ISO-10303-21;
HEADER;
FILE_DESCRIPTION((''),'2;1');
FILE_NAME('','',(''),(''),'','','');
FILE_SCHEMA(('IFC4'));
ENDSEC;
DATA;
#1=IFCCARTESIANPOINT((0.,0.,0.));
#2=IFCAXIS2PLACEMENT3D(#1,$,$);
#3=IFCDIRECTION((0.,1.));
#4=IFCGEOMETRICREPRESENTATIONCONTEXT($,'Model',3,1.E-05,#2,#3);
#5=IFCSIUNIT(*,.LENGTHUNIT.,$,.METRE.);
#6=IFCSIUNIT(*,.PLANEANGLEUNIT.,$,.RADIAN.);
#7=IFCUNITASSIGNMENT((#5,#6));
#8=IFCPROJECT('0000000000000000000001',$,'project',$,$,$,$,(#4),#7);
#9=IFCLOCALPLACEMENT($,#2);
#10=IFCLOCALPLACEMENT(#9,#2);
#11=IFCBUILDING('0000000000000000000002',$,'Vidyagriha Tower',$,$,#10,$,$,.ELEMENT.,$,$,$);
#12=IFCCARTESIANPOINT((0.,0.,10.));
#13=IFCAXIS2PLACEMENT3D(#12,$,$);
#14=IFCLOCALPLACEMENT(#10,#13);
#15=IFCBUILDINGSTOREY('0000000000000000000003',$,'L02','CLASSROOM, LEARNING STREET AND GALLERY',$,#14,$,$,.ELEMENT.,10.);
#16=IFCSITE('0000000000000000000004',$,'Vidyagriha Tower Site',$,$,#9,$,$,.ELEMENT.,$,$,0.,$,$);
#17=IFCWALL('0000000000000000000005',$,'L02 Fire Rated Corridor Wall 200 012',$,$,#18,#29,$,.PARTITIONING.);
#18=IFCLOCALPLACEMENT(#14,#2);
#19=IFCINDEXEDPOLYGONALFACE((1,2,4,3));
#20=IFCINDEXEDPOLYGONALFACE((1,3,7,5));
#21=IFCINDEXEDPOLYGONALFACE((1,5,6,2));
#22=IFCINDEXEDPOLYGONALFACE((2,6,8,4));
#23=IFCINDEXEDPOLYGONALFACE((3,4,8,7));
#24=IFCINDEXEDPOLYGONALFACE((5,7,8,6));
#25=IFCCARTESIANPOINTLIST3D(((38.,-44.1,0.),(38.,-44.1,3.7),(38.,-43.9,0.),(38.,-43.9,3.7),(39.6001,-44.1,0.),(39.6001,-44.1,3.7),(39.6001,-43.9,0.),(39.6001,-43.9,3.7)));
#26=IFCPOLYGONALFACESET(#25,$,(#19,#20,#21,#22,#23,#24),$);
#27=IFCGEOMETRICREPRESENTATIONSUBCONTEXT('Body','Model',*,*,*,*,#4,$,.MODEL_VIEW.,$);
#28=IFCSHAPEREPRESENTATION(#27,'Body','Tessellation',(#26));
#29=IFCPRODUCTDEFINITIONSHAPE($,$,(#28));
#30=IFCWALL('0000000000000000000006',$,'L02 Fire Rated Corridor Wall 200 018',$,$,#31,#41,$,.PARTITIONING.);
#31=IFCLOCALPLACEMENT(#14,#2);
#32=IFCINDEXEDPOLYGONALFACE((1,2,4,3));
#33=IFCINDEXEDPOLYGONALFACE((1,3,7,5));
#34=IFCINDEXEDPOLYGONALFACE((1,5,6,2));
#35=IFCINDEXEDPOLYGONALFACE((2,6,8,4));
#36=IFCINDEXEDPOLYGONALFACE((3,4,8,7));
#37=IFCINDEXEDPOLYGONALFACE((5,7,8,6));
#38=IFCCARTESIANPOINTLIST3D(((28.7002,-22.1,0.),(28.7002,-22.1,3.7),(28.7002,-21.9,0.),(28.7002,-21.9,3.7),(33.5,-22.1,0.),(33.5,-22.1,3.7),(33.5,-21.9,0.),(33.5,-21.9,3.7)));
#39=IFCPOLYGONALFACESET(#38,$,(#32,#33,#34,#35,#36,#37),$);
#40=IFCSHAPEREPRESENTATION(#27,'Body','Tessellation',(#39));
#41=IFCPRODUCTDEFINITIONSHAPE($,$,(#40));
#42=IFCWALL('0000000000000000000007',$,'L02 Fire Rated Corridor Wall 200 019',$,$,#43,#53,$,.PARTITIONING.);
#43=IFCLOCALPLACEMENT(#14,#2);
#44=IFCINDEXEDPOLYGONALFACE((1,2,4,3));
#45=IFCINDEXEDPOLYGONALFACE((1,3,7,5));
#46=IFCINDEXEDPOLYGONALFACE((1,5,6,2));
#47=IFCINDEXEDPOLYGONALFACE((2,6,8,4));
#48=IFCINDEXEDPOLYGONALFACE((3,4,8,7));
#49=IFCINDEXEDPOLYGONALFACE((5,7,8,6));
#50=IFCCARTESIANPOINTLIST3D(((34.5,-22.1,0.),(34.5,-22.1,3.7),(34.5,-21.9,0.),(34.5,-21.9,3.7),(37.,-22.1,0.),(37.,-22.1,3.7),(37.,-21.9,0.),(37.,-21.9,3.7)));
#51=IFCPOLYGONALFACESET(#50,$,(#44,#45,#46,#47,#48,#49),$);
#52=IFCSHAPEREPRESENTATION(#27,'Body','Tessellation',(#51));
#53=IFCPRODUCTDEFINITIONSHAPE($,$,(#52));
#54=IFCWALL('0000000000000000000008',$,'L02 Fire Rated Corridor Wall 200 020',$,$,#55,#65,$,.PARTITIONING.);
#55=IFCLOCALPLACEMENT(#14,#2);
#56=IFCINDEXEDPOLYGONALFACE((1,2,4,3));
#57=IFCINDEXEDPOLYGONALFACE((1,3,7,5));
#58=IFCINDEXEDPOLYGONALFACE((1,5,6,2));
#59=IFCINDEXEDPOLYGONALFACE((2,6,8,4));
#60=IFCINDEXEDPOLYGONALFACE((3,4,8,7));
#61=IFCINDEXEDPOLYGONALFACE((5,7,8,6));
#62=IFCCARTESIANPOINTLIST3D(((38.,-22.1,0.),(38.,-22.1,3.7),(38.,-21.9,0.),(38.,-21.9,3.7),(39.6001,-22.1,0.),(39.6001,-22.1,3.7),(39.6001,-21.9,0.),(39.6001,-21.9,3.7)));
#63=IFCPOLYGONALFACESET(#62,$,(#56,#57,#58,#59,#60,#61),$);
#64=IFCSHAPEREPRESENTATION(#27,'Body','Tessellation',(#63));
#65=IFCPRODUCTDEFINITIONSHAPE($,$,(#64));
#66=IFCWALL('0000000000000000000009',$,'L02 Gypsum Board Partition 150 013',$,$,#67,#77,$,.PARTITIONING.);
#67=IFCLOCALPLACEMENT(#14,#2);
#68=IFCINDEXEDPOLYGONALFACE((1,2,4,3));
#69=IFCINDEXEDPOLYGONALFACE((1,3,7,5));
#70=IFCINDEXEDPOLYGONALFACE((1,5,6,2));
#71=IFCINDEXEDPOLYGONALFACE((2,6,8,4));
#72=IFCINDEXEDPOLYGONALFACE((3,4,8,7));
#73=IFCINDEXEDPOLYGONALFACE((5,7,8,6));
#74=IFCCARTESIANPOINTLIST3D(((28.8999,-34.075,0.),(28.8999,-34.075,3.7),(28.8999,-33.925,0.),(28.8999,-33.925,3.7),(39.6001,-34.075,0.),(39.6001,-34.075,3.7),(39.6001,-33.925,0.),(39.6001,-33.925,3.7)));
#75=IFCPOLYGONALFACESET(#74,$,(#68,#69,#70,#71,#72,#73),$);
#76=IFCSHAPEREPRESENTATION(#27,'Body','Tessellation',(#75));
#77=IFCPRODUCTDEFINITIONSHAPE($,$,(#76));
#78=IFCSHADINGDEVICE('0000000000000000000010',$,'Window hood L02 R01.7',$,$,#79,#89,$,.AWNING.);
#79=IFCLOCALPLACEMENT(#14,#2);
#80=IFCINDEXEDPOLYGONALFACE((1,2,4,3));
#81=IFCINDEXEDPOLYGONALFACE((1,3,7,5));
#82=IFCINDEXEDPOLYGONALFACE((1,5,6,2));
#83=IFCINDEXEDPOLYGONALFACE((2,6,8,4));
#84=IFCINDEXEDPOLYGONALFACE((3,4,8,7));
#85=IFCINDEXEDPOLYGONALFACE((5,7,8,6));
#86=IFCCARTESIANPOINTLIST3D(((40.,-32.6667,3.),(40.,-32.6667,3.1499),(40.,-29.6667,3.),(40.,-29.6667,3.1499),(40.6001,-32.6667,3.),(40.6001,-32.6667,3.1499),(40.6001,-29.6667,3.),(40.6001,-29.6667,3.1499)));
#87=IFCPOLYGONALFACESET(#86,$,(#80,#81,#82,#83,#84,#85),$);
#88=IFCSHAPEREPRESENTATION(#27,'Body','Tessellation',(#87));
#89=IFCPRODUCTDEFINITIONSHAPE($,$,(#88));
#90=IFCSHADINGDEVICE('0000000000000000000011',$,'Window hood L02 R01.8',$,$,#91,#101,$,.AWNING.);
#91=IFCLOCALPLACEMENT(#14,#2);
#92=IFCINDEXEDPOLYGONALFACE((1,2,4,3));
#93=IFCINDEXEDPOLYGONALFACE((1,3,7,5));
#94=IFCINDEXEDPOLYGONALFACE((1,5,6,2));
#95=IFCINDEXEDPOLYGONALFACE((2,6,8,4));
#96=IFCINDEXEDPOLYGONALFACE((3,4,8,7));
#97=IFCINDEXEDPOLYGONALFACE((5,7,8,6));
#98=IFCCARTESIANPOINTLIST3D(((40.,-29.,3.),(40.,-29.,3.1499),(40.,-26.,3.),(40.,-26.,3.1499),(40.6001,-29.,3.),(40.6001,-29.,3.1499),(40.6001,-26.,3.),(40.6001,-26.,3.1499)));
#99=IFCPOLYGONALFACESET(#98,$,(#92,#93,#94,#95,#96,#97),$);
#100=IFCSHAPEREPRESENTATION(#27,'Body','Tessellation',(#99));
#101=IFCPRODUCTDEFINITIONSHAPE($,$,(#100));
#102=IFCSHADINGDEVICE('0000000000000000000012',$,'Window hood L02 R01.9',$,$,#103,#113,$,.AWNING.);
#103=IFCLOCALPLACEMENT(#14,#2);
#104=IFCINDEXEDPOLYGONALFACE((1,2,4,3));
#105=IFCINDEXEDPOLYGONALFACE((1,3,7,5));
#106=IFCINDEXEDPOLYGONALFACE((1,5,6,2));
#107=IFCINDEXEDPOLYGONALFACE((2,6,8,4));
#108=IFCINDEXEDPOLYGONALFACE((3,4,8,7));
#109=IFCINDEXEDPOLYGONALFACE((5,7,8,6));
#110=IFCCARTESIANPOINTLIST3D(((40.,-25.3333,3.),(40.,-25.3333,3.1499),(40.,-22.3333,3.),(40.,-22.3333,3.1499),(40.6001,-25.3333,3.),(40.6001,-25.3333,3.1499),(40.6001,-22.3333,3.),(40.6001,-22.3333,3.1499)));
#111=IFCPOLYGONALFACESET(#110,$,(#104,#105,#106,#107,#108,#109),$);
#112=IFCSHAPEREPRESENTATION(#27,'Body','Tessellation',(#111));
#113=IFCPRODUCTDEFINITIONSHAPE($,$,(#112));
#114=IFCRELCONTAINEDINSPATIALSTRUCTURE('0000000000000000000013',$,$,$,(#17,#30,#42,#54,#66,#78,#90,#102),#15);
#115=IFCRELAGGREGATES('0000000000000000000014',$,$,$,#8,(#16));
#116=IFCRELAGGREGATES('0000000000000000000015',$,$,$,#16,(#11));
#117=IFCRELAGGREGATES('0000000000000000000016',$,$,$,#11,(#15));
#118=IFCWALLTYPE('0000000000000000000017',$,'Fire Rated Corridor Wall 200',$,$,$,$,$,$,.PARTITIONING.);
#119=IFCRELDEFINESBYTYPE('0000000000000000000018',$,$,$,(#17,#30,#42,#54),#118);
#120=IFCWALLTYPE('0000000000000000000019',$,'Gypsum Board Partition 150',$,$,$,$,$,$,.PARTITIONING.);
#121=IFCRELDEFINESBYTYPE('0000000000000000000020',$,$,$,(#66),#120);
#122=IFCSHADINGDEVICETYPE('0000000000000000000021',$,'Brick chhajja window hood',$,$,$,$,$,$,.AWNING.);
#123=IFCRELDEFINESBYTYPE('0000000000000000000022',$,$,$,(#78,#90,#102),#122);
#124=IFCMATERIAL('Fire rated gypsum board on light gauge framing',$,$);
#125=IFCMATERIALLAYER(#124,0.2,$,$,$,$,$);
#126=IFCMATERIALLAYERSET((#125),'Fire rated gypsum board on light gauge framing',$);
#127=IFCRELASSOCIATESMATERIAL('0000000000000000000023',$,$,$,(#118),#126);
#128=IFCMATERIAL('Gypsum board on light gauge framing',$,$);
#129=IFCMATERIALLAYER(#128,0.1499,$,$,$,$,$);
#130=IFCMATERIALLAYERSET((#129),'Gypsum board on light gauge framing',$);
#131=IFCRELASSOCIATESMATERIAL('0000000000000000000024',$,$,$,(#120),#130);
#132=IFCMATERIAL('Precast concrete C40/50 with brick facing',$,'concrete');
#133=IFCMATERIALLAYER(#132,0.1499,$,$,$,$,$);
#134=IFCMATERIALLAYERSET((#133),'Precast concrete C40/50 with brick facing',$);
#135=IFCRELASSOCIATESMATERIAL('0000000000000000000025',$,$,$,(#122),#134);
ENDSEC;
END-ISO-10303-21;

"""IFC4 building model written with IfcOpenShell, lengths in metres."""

from ifc_helpers import new_model, si_unit, direction, frame, frame_2d, origin, origin_2d, place, context, subcontext, project, spatial, rectangle, extrude, material, layer, layer_set, type_object, element, save


model = new_model("IFC4")

# Units and contexts
model_context = context("Model", 3, precision=1e-05, world=origin(), true_north=direction((0.0, 1.0)))
body_context = subcontext(model_context, "Body", "Model", "MODEL_VIEW")
ifc_project = project(units=[si_unit("LENGTHUNIT", "METRE"), si_unit("PLANEANGLEUNIT", "RADIAN")], contexts=[model_context])

# Site, building, storey
site_placement = place(None, origin())
site = spatial("IfcSite", under=ifc_project, at=site_placement, Name="Vidyagriha Tower Site", CompositionType="ELEMENT", RefElevation=0.0)
building_placement = place(site_placement, origin())
building = spatial("IfcBuilding", under=site, at=building_placement, Name="Vidyagriha Tower", CompositionType="ELEMENT")
storey_placement = place(building_placement, frame((0.0, 0.0, 10.0)))
storey = spatial("IfcBuildingStorey", under=building, at=storey_placement, Name="L02", Description="CLASSROOM, LEARNING STREET AND GALLERY", CompositionType="ELEMENT", Elevation=10.0)

# Shared definitions
ifc_material_1 = material(Name="Fire rated gypsum board on light gauge framing")
ifc_layer_1 = layer(ifc_material_1, 0.2)
ifc_layer_set_1 = layer_set([ifc_layer_1], Name="Fire rated gypsum board on light gauge framing")
wall_type_1 = type_object("IfcWallType", Name="Fire Rated Corridor Wall 200", PredefinedType="PARTITIONING", material=ifc_layer_set_1)

# Walls
wall_1_placement = place(storey_placement, frame((38.0, -44.0, 0.0)))
element("IfcWall", 1, at=wall_1_placement, inside=storey, type_object=wall_type_1, Name="L02 Fire Rated Corridor Wall 200 012", PredefinedType="PARTITIONING", context=body_context, shape_type="SweptSolid", body=[
    extrude(rectangle(XDim=1.6001, YDim=0.2, at=frame_2d((0.8, 0.0))), origin(), (0.0, 0.0, 1.0), 3.7),
])
wall_2_placement = place(storey_placement, frame((28.7002, -22.0, 0.0)))
element("IfcWall", 2, at=wall_2_placement, inside=storey, type_object=wall_type_1, Name="L02 Fire Rated Corridor Wall 200 018", PredefinedType="PARTITIONING", context=body_context, shape_type="SweptSolid", body=[
    extrude(rectangle(XDim=4.7998, YDim=0.2, at=frame_2d((2.3999, 0.0))), origin(), (0.0, 0.0, 1.0), 3.7),
])
wall_3_placement = place(storey_placement, frame((34.5, -22.0, 0.0)))
element("IfcWall", 3, at=wall_3_placement, inside=storey, type_object=wall_type_1, Name="L02 Fire Rated Corridor Wall 200 019", PredefinedType="PARTITIONING", context=body_context, shape_type="SweptSolid", body=[
    extrude(rectangle(XDim=2.5, YDim=0.2, at=frame_2d((1.25, 0.0))), origin(), (0.0, 0.0, 1.0), 3.7),
])
wall_4_placement = place(storey_placement, frame((38.0, -22.0, 0.0)))
element("IfcWall", 4, at=wall_4_placement, inside=storey, type_object=wall_type_1, Name="L02 Fire Rated Corridor Wall 200 020", PredefinedType="PARTITIONING", context=body_context, shape_type="SweptSolid", body=[
    extrude(rectangle(XDim=1.6001, YDim=0.2, at=frame_2d((0.8, 0.0))), origin(), (0.0, 0.0, 1.0), 3.7),
])
ifc_material_2 = material(Name="Gypsum board on light gauge framing")
ifc_layer_2 = layer(ifc_material_2, 0.1499)
ifc_layer_set_2 = layer_set([ifc_layer_2], Name="Gypsum board on light gauge framing")
wall_type_2 = type_object("IfcWallType", Name="Gypsum Board Partition 150", PredefinedType="PARTITIONING", material=ifc_layer_set_2)
wall_5_placement = place(storey_placement, frame((28.8999, -34.0, 0.0)))
element("IfcWall", 5, at=wall_5_placement, inside=storey, type_object=wall_type_2, Name="L02 Gypsum Board Partition 150 013", PredefinedType="PARTITIONING", context=body_context, shape_type="SweptSolid", body=[
    extrude(rectangle(XDim=10.7002, YDim=0.1499, at=frame_2d((5.3501, 0.0))), origin(), (0.0, 0.0, 1.0), 3.7),
])

# Shading devices
ifc_material_3 = material(Name="Precast concrete C40/50 with brick facing", Category="concrete")
ifc_layer_3 = layer(ifc_material_3, 0.1499)
ifc_layer_set_3 = layer_set([ifc_layer_3], Name="Precast concrete C40/50 with brick facing")
shading_device_type = type_object("IfcShadingDeviceType", Name="Brick chhajja window hood", PredefinedType="AWNING", material=ifc_layer_set_3)
for number, where, z_axis, x_axis, name in (
    (6, (40.3, -31.1667, 3.0), (0.0, 0.0, 1.0), (0.0, 1.0, 0.0), "Window hood L02 R01.7"),
    (7, (40.3, -27.5, 3.0), (0.0, 0.0, 1.0), (0.0, 1.0, 0.0), "Window hood L02 R01.8"),
    (8, (40.3, -23.8333, 3.0), (0.0, 0.0, 1.0), (0.0, 1.0, 0.0), "Window hood L02 R01.9"),
):
    element("IfcShadingDevice", number, at=place(storey_placement, frame(where, z_axis=z_axis, x_axis=x_axis)), inside=storey, type_object=shading_device_type, Name=name, PredefinedType="AWNING", context=body_context, shape_type="SweptSolid", body=[
        extrude(rectangle(XDim=3.0, YDim=0.6001, at=origin_2d()), origin(), (0.0, 0.0, 1.0), 0.1499),
    ])

save(model, "model.ifc")
